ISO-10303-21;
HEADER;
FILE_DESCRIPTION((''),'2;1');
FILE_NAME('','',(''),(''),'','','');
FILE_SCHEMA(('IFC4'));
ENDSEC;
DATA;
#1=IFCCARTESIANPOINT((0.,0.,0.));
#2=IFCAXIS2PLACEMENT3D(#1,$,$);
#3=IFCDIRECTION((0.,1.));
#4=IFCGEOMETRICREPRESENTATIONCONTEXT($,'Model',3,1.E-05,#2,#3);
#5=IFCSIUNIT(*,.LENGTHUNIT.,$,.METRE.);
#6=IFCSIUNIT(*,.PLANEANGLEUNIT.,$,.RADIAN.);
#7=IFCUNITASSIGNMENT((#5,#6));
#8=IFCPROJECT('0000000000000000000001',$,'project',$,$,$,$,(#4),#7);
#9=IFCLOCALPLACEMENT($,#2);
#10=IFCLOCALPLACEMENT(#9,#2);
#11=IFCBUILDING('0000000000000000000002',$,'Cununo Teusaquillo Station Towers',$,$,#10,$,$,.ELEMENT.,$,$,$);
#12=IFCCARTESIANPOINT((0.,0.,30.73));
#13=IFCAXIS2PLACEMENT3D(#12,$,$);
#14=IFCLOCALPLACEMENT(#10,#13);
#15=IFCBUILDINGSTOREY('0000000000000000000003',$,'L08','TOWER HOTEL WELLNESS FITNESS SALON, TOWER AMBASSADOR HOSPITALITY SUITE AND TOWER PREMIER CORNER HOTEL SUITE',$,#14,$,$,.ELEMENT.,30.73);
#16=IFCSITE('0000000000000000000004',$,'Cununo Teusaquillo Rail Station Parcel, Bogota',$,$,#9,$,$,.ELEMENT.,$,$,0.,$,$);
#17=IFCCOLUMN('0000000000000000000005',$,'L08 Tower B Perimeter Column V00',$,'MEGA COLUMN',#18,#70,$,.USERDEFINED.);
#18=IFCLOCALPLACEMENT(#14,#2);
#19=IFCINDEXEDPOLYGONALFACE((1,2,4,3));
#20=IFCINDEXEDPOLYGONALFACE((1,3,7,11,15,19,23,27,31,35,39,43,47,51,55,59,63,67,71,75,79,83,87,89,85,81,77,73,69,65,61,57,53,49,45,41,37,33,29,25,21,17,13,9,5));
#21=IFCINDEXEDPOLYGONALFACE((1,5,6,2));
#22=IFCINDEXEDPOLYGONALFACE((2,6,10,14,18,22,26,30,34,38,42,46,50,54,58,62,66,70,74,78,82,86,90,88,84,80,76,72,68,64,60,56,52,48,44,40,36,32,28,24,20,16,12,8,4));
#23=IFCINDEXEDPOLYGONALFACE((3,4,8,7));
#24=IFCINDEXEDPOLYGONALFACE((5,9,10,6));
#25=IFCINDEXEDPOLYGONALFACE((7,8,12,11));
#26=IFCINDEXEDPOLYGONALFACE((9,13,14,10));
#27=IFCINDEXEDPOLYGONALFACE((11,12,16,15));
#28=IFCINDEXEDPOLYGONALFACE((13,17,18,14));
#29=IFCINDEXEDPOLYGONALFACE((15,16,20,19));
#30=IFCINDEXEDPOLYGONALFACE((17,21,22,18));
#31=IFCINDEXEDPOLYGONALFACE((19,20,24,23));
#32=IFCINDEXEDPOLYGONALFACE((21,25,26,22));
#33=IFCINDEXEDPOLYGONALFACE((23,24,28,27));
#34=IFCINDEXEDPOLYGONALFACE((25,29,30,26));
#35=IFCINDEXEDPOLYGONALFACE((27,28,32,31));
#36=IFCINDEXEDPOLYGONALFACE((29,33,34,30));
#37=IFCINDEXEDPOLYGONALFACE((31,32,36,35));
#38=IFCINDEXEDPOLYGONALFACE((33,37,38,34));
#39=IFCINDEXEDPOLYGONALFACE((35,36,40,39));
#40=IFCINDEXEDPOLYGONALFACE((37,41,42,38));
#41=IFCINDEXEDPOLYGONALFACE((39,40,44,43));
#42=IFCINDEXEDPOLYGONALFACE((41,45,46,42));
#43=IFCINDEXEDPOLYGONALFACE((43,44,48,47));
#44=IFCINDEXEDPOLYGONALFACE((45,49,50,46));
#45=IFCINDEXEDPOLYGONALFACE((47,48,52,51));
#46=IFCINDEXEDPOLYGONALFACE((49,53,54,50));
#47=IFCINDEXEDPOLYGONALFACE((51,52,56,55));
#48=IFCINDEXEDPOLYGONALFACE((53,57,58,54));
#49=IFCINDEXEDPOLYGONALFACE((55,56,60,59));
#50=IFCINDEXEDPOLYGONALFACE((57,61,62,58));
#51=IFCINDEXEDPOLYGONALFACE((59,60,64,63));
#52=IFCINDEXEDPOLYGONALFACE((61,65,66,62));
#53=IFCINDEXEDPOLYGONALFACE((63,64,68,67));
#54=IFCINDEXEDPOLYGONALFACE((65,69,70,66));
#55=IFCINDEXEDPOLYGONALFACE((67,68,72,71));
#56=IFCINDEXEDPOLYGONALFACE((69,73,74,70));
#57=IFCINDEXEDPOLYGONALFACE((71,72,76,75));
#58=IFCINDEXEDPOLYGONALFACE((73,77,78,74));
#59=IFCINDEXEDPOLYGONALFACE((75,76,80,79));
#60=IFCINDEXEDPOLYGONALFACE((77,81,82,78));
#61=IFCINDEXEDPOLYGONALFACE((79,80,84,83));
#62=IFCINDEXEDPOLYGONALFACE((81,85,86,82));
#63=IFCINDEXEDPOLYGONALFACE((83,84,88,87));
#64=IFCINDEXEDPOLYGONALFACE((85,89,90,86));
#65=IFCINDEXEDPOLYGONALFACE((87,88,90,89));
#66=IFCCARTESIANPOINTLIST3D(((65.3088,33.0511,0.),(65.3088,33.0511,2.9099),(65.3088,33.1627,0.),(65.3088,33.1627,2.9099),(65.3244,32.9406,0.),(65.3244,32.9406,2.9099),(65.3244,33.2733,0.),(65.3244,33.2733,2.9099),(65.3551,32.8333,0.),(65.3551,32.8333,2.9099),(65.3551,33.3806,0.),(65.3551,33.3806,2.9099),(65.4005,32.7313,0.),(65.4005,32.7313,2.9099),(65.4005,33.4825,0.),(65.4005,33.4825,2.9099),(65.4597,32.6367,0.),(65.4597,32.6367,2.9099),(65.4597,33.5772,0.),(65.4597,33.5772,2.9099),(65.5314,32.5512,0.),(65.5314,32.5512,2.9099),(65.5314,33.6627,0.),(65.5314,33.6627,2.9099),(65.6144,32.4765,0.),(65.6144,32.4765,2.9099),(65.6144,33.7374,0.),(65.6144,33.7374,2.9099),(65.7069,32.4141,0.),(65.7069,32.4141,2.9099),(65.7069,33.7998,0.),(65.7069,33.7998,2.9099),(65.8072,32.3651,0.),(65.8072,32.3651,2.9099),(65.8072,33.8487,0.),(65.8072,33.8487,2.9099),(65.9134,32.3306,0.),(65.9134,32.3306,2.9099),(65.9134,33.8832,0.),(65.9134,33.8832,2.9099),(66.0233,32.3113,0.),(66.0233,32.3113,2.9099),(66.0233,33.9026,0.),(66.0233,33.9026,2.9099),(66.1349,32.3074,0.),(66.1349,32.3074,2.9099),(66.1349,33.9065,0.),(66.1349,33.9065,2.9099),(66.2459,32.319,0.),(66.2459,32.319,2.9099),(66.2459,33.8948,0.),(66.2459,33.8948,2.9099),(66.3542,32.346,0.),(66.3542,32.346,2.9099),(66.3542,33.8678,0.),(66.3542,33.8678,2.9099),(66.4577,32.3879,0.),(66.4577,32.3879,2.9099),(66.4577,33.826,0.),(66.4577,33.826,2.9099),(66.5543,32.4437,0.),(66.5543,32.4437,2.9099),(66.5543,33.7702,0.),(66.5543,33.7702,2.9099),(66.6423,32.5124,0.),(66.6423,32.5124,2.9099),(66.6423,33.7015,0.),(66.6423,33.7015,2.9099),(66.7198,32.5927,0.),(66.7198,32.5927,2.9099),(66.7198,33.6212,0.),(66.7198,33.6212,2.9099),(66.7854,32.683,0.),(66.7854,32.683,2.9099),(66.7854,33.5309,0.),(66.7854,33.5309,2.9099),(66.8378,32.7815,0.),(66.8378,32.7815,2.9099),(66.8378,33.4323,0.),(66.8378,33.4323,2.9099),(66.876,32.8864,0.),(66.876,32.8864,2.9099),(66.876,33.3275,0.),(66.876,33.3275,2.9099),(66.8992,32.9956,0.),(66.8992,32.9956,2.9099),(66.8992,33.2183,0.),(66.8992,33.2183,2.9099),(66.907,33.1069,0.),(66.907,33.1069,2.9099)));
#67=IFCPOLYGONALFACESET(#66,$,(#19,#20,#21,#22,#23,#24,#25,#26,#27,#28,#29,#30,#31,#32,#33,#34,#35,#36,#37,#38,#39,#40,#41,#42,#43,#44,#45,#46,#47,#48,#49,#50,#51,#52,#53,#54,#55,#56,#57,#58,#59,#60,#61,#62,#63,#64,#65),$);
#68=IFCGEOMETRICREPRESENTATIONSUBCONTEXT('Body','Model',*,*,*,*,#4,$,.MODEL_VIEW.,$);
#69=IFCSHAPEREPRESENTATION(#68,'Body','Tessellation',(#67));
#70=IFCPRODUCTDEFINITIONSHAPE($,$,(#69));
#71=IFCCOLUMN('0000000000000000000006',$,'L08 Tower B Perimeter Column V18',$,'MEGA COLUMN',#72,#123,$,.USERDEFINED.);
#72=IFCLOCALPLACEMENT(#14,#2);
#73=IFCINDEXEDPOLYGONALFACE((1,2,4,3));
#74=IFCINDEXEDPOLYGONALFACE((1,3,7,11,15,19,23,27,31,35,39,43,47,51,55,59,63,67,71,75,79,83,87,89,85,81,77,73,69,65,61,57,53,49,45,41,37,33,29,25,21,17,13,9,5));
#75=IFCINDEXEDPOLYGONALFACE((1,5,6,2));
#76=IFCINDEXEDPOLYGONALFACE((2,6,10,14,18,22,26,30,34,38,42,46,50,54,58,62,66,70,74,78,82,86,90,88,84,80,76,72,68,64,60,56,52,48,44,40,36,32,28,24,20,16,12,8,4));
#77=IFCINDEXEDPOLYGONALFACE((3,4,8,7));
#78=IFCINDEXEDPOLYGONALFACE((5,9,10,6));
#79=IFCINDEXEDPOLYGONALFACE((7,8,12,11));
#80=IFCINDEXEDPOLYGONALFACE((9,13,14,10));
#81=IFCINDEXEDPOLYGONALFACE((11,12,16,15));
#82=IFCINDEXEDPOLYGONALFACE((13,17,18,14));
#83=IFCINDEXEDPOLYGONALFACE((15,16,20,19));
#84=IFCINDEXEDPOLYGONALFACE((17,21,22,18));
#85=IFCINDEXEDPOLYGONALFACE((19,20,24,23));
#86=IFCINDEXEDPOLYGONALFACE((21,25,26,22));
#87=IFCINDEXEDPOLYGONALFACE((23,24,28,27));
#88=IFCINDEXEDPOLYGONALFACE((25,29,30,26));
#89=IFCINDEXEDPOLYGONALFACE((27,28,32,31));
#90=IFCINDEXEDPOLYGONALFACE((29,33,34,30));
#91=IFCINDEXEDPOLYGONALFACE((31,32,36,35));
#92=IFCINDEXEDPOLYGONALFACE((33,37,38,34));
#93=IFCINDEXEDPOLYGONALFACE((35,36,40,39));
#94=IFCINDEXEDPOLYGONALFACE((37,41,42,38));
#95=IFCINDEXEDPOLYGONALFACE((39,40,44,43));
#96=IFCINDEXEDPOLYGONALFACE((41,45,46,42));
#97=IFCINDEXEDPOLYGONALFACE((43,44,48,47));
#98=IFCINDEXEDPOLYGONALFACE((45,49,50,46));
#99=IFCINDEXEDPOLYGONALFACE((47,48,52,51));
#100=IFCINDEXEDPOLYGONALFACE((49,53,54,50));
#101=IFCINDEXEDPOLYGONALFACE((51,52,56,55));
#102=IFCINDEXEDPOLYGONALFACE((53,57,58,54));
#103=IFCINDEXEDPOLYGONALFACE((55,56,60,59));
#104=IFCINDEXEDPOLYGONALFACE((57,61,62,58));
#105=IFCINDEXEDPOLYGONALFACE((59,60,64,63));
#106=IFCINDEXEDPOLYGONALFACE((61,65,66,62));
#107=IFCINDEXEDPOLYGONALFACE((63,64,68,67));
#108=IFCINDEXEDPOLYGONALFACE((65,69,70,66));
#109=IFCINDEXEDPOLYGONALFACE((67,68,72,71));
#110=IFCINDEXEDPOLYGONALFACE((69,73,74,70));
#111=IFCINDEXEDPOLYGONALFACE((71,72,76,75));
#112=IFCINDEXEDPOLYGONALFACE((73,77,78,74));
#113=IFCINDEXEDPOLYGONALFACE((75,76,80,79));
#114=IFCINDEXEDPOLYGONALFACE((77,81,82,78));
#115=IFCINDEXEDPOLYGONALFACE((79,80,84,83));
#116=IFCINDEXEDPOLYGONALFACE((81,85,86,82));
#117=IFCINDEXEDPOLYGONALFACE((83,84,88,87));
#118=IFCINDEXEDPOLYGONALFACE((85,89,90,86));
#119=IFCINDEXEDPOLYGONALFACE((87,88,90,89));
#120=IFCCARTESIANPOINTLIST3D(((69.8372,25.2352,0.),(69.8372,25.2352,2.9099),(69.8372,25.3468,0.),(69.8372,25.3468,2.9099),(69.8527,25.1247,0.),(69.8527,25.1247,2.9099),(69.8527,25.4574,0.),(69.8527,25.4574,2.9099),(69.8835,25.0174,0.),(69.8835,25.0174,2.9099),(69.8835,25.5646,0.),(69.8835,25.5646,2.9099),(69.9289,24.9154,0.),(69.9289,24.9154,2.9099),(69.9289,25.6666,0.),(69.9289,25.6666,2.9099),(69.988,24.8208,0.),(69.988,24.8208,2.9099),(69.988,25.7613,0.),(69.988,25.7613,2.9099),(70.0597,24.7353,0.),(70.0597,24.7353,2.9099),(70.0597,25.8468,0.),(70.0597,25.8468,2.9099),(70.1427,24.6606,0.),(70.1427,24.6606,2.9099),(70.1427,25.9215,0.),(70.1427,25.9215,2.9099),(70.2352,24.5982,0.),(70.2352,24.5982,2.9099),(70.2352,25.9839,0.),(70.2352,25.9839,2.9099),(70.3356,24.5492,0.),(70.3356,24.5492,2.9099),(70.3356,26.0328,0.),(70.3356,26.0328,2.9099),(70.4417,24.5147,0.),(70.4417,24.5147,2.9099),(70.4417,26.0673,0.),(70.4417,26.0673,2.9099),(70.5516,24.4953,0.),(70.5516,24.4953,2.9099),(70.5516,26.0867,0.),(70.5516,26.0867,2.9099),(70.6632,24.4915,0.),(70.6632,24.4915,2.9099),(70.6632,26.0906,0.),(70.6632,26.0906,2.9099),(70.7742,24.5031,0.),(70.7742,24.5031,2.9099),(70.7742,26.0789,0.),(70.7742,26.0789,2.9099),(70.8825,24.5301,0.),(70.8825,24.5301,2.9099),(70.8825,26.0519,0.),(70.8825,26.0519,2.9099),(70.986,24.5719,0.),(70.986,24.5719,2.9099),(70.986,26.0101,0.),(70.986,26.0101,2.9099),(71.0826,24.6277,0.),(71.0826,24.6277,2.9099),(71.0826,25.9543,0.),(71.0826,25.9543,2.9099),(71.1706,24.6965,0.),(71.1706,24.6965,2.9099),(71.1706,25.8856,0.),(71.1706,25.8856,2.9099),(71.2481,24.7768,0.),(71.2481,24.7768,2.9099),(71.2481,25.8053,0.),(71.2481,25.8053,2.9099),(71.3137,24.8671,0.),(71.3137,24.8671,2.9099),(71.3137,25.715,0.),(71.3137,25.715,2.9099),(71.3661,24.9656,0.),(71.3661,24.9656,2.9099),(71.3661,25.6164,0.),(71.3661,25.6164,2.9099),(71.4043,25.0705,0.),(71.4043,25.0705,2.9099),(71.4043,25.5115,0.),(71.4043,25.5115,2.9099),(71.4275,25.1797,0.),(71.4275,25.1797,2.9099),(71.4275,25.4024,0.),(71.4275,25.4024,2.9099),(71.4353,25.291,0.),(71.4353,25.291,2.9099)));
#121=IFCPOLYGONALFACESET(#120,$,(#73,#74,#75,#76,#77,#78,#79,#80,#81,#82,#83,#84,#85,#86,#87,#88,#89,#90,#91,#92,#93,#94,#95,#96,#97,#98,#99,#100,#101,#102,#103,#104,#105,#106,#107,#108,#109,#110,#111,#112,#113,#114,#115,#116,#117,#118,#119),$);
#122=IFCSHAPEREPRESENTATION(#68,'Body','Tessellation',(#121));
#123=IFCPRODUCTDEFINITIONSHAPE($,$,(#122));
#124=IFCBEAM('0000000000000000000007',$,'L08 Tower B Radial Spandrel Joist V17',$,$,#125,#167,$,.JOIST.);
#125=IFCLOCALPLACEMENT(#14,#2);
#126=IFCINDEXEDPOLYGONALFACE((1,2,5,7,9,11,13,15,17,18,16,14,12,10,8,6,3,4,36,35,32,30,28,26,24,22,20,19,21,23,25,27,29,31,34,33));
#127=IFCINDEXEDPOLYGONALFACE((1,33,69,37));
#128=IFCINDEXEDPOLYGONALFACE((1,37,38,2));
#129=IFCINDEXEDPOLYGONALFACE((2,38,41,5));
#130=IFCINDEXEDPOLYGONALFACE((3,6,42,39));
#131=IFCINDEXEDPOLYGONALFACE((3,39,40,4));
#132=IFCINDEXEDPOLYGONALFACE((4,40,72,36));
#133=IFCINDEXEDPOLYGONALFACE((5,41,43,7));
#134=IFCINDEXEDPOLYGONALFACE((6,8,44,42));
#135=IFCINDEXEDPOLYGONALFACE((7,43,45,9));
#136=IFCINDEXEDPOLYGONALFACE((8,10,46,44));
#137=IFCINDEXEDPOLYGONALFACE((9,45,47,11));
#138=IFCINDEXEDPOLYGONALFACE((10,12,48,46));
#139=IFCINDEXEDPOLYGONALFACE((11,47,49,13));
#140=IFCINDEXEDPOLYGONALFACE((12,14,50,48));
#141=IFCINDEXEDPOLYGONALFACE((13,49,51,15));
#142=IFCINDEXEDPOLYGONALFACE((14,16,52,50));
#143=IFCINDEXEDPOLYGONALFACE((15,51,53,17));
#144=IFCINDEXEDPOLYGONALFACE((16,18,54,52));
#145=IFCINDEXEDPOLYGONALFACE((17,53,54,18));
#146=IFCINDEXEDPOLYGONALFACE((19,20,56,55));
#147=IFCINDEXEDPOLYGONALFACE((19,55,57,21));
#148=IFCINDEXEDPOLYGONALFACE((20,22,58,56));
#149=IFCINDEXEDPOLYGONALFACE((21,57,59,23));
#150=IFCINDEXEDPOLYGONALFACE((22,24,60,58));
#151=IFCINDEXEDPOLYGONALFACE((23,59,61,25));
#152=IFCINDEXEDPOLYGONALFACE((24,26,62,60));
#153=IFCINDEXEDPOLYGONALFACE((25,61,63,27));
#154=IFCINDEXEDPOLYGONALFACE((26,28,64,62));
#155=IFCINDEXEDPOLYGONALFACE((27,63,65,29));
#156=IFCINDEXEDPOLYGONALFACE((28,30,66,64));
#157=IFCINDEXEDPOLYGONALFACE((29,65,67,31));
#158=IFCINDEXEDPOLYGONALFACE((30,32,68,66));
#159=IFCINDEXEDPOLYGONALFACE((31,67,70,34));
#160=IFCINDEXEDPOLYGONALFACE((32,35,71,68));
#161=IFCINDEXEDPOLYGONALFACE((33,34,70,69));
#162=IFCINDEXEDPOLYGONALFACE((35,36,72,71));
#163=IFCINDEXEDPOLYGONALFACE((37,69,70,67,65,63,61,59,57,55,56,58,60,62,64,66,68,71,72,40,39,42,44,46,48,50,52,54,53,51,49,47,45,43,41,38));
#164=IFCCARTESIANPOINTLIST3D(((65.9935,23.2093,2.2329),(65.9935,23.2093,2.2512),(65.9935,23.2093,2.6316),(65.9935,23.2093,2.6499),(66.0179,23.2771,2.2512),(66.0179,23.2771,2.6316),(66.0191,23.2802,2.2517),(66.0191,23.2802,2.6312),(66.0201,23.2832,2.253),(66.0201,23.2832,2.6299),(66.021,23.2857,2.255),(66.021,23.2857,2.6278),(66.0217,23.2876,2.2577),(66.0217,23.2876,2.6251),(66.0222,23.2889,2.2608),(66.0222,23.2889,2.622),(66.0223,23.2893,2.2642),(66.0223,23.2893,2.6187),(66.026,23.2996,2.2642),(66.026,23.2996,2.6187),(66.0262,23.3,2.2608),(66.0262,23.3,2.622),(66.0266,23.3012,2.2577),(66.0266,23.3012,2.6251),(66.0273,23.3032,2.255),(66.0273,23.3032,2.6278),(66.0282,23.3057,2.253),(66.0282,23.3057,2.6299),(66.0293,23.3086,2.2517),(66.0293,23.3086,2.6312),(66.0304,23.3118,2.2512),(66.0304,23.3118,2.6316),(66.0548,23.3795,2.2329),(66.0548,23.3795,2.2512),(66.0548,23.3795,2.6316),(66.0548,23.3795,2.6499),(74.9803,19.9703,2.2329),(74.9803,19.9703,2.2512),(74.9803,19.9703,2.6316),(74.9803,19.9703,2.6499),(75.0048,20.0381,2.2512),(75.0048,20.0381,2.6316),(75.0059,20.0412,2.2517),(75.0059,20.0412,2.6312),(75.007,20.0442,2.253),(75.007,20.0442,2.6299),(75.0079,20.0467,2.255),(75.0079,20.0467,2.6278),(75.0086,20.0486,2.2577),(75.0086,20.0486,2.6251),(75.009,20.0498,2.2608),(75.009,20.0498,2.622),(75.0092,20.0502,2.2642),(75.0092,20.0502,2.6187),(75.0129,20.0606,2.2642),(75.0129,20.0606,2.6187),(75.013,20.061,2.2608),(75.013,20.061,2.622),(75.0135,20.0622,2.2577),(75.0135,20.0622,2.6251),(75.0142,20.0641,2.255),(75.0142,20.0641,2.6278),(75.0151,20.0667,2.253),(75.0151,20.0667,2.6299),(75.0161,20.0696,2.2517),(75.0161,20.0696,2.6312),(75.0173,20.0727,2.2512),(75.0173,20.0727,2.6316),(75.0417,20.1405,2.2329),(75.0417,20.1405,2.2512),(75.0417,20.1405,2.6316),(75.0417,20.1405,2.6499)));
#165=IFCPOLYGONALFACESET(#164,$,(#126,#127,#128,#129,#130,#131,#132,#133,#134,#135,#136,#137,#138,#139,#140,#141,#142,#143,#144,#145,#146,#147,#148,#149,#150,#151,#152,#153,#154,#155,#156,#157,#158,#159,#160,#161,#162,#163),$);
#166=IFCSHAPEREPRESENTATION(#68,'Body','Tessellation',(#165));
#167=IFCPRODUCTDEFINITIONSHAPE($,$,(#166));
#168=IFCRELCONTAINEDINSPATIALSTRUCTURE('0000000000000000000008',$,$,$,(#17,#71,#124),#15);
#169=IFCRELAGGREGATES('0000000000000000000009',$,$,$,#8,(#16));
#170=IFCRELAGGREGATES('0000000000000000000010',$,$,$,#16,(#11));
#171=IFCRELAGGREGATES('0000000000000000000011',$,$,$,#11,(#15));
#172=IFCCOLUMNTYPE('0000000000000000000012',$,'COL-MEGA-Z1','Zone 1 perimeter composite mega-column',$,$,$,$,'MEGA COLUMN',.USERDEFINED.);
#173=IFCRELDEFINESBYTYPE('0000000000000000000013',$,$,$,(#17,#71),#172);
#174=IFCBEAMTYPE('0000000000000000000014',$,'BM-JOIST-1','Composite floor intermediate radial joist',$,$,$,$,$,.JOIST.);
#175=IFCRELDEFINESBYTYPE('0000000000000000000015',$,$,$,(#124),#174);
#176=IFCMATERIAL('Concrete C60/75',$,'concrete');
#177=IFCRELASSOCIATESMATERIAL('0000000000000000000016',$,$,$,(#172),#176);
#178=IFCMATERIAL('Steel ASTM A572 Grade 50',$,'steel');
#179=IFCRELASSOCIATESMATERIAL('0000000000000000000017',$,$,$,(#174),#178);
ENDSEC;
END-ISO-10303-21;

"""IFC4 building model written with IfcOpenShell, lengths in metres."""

from ifc_helpers import new_model, si_unit, direction, frame, origin, origin_2d, place, context, subcontext, project, spatial, circle, i_section, extrude, material, material_profile, profile_set, type_object, element, save


model = new_model("IFC4")

# Units and contexts
model_context = context("Model", 3, precision=1e-05, world=origin(), true_north=direction((0.0, 1.0)))
body_context = subcontext(model_context, "Body", "Model", "MODEL_VIEW")
ifc_project = project(units=[si_unit("LENGTHUNIT", "METRE"), si_unit("PLANEANGLEUNIT", "RADIAN")], contexts=[model_context])

# Site, building, storey
site_placement = place(None, origin())
site = spatial("IfcSite", under=ifc_project, at=site_placement, Name="Cununo Teusaquillo Rail Station Parcel, Bogota", CompositionType="ELEMENT", RefElevation=0.0)
building_placement = place(site_placement, origin())
building = spatial("IfcBuilding", under=site, at=building_placement, Name="Cununo Teusaquillo Station Towers", CompositionType="ELEMENT")
storey_placement = place(building_placement, frame((0.0, 0.0, 30.73)))
storey = spatial("IfcBuildingStorey", under=building, at=storey_placement, Name="L08", Description="TOWER HOTEL WELLNESS FITNESS SALON, TOWER AMBASSADOR HOSPITALITY SUITE AND TOWER PREMIER CORNER HOTEL SUITE", CompositionType="ELEMENT", Elevation=30.73)

# Columns
ifc_material_1 = material(Name="Concrete C60/75", Category="concrete")
ifc_material_profile_1 = material_profile(ifc_material_1, circle(Radius=0.8, at=origin_2d()), Name="RC-CIRC-1600")
ifc_profile_set_1 = profile_set([ifc_material_profile_1], Name="Concrete C60/75")
column_type = type_object("IfcColumnType", Name="COL-MEGA-Z1", Description="Zone 1 perimeter composite mega-column", ElementType="MEGA COLUMN", PredefinedType="USERDEFINED", material=ifc_profile_set_1)
for number, where, z_axis, x_axis, name in (
    (1, (66.1069, 33.1069, 0.0), (0.0, 0.0, 1.0), (1.0, 0.0, 0.0), "L08 Tower B Perimeter Column V00"),
    (2, (70.6353, 25.291, 0.0), (0.0, 0.0, 1.0), (1.0, 0.0, 0.0), "L08 Tower B Perimeter Column V18"),
):
    element("IfcColumn", number, at=place(storey_placement, frame(where, z_axis=z_axis, x_axis=x_axis)), inside=storey, type_object=column_type, Name=name, ObjectType="MEGA COLUMN", PredefinedType="USERDEFINED", context=body_context, shape_type="SweptSolid", body=[
        extrude(circle(Radius=0.8, at=origin_2d()), origin(), (0.0, 0.0, 1.0), 2.9099),
    ])

# Beam
ifc_material_2 = material(Name="Steel ASTM A572 Grade 50", Category="steel")
ifc_material_profile_2 = material_profile(ifc_material_2, i_section(OverallWidth=0.1809, OverallDepth=0.417, WebThickness=0.011, FlangeThickness=0.0183, FilletRadius=0.0129, at=origin_2d()), Name="W16X57")
ifc_profile_set_2 = profile_set([ifc_material_profile_2], Name="Steel ASTM A572 Grade 50")
beam_type_1 = type_object("IfcBeamType", Name="BM-JOIST-1", Description="Composite floor intermediate radial joist", PredefinedType="JOIST", material=ifc_profile_set_2)
beam_1_placement = place(storey_placement, frame((66.0242, 23.2944, 2.4414), z_axis=(0.940762, -0.339068, 0.0), x_axis=(0.339068, 0.940762, 0.0)))
element("IfcBeam", 3, at=beam_1_placement, inside=storey, type_object=beam_type_1, Name="L08 Tower B Radial Spandrel Joist V17", PredefinedType="JOIST", context=body_context, shape_type="SweptSolid", body=[
    extrude(i_section(OverallWidth=0.1809, OverallDepth=0.417, WebThickness=0.011, FlangeThickness=0.0183, FilletRadius=0.0129, at=origin_2d()), origin(), (0.0, 0.0, 1.0), 9.5527),
])

save(model, "model.ifc")
